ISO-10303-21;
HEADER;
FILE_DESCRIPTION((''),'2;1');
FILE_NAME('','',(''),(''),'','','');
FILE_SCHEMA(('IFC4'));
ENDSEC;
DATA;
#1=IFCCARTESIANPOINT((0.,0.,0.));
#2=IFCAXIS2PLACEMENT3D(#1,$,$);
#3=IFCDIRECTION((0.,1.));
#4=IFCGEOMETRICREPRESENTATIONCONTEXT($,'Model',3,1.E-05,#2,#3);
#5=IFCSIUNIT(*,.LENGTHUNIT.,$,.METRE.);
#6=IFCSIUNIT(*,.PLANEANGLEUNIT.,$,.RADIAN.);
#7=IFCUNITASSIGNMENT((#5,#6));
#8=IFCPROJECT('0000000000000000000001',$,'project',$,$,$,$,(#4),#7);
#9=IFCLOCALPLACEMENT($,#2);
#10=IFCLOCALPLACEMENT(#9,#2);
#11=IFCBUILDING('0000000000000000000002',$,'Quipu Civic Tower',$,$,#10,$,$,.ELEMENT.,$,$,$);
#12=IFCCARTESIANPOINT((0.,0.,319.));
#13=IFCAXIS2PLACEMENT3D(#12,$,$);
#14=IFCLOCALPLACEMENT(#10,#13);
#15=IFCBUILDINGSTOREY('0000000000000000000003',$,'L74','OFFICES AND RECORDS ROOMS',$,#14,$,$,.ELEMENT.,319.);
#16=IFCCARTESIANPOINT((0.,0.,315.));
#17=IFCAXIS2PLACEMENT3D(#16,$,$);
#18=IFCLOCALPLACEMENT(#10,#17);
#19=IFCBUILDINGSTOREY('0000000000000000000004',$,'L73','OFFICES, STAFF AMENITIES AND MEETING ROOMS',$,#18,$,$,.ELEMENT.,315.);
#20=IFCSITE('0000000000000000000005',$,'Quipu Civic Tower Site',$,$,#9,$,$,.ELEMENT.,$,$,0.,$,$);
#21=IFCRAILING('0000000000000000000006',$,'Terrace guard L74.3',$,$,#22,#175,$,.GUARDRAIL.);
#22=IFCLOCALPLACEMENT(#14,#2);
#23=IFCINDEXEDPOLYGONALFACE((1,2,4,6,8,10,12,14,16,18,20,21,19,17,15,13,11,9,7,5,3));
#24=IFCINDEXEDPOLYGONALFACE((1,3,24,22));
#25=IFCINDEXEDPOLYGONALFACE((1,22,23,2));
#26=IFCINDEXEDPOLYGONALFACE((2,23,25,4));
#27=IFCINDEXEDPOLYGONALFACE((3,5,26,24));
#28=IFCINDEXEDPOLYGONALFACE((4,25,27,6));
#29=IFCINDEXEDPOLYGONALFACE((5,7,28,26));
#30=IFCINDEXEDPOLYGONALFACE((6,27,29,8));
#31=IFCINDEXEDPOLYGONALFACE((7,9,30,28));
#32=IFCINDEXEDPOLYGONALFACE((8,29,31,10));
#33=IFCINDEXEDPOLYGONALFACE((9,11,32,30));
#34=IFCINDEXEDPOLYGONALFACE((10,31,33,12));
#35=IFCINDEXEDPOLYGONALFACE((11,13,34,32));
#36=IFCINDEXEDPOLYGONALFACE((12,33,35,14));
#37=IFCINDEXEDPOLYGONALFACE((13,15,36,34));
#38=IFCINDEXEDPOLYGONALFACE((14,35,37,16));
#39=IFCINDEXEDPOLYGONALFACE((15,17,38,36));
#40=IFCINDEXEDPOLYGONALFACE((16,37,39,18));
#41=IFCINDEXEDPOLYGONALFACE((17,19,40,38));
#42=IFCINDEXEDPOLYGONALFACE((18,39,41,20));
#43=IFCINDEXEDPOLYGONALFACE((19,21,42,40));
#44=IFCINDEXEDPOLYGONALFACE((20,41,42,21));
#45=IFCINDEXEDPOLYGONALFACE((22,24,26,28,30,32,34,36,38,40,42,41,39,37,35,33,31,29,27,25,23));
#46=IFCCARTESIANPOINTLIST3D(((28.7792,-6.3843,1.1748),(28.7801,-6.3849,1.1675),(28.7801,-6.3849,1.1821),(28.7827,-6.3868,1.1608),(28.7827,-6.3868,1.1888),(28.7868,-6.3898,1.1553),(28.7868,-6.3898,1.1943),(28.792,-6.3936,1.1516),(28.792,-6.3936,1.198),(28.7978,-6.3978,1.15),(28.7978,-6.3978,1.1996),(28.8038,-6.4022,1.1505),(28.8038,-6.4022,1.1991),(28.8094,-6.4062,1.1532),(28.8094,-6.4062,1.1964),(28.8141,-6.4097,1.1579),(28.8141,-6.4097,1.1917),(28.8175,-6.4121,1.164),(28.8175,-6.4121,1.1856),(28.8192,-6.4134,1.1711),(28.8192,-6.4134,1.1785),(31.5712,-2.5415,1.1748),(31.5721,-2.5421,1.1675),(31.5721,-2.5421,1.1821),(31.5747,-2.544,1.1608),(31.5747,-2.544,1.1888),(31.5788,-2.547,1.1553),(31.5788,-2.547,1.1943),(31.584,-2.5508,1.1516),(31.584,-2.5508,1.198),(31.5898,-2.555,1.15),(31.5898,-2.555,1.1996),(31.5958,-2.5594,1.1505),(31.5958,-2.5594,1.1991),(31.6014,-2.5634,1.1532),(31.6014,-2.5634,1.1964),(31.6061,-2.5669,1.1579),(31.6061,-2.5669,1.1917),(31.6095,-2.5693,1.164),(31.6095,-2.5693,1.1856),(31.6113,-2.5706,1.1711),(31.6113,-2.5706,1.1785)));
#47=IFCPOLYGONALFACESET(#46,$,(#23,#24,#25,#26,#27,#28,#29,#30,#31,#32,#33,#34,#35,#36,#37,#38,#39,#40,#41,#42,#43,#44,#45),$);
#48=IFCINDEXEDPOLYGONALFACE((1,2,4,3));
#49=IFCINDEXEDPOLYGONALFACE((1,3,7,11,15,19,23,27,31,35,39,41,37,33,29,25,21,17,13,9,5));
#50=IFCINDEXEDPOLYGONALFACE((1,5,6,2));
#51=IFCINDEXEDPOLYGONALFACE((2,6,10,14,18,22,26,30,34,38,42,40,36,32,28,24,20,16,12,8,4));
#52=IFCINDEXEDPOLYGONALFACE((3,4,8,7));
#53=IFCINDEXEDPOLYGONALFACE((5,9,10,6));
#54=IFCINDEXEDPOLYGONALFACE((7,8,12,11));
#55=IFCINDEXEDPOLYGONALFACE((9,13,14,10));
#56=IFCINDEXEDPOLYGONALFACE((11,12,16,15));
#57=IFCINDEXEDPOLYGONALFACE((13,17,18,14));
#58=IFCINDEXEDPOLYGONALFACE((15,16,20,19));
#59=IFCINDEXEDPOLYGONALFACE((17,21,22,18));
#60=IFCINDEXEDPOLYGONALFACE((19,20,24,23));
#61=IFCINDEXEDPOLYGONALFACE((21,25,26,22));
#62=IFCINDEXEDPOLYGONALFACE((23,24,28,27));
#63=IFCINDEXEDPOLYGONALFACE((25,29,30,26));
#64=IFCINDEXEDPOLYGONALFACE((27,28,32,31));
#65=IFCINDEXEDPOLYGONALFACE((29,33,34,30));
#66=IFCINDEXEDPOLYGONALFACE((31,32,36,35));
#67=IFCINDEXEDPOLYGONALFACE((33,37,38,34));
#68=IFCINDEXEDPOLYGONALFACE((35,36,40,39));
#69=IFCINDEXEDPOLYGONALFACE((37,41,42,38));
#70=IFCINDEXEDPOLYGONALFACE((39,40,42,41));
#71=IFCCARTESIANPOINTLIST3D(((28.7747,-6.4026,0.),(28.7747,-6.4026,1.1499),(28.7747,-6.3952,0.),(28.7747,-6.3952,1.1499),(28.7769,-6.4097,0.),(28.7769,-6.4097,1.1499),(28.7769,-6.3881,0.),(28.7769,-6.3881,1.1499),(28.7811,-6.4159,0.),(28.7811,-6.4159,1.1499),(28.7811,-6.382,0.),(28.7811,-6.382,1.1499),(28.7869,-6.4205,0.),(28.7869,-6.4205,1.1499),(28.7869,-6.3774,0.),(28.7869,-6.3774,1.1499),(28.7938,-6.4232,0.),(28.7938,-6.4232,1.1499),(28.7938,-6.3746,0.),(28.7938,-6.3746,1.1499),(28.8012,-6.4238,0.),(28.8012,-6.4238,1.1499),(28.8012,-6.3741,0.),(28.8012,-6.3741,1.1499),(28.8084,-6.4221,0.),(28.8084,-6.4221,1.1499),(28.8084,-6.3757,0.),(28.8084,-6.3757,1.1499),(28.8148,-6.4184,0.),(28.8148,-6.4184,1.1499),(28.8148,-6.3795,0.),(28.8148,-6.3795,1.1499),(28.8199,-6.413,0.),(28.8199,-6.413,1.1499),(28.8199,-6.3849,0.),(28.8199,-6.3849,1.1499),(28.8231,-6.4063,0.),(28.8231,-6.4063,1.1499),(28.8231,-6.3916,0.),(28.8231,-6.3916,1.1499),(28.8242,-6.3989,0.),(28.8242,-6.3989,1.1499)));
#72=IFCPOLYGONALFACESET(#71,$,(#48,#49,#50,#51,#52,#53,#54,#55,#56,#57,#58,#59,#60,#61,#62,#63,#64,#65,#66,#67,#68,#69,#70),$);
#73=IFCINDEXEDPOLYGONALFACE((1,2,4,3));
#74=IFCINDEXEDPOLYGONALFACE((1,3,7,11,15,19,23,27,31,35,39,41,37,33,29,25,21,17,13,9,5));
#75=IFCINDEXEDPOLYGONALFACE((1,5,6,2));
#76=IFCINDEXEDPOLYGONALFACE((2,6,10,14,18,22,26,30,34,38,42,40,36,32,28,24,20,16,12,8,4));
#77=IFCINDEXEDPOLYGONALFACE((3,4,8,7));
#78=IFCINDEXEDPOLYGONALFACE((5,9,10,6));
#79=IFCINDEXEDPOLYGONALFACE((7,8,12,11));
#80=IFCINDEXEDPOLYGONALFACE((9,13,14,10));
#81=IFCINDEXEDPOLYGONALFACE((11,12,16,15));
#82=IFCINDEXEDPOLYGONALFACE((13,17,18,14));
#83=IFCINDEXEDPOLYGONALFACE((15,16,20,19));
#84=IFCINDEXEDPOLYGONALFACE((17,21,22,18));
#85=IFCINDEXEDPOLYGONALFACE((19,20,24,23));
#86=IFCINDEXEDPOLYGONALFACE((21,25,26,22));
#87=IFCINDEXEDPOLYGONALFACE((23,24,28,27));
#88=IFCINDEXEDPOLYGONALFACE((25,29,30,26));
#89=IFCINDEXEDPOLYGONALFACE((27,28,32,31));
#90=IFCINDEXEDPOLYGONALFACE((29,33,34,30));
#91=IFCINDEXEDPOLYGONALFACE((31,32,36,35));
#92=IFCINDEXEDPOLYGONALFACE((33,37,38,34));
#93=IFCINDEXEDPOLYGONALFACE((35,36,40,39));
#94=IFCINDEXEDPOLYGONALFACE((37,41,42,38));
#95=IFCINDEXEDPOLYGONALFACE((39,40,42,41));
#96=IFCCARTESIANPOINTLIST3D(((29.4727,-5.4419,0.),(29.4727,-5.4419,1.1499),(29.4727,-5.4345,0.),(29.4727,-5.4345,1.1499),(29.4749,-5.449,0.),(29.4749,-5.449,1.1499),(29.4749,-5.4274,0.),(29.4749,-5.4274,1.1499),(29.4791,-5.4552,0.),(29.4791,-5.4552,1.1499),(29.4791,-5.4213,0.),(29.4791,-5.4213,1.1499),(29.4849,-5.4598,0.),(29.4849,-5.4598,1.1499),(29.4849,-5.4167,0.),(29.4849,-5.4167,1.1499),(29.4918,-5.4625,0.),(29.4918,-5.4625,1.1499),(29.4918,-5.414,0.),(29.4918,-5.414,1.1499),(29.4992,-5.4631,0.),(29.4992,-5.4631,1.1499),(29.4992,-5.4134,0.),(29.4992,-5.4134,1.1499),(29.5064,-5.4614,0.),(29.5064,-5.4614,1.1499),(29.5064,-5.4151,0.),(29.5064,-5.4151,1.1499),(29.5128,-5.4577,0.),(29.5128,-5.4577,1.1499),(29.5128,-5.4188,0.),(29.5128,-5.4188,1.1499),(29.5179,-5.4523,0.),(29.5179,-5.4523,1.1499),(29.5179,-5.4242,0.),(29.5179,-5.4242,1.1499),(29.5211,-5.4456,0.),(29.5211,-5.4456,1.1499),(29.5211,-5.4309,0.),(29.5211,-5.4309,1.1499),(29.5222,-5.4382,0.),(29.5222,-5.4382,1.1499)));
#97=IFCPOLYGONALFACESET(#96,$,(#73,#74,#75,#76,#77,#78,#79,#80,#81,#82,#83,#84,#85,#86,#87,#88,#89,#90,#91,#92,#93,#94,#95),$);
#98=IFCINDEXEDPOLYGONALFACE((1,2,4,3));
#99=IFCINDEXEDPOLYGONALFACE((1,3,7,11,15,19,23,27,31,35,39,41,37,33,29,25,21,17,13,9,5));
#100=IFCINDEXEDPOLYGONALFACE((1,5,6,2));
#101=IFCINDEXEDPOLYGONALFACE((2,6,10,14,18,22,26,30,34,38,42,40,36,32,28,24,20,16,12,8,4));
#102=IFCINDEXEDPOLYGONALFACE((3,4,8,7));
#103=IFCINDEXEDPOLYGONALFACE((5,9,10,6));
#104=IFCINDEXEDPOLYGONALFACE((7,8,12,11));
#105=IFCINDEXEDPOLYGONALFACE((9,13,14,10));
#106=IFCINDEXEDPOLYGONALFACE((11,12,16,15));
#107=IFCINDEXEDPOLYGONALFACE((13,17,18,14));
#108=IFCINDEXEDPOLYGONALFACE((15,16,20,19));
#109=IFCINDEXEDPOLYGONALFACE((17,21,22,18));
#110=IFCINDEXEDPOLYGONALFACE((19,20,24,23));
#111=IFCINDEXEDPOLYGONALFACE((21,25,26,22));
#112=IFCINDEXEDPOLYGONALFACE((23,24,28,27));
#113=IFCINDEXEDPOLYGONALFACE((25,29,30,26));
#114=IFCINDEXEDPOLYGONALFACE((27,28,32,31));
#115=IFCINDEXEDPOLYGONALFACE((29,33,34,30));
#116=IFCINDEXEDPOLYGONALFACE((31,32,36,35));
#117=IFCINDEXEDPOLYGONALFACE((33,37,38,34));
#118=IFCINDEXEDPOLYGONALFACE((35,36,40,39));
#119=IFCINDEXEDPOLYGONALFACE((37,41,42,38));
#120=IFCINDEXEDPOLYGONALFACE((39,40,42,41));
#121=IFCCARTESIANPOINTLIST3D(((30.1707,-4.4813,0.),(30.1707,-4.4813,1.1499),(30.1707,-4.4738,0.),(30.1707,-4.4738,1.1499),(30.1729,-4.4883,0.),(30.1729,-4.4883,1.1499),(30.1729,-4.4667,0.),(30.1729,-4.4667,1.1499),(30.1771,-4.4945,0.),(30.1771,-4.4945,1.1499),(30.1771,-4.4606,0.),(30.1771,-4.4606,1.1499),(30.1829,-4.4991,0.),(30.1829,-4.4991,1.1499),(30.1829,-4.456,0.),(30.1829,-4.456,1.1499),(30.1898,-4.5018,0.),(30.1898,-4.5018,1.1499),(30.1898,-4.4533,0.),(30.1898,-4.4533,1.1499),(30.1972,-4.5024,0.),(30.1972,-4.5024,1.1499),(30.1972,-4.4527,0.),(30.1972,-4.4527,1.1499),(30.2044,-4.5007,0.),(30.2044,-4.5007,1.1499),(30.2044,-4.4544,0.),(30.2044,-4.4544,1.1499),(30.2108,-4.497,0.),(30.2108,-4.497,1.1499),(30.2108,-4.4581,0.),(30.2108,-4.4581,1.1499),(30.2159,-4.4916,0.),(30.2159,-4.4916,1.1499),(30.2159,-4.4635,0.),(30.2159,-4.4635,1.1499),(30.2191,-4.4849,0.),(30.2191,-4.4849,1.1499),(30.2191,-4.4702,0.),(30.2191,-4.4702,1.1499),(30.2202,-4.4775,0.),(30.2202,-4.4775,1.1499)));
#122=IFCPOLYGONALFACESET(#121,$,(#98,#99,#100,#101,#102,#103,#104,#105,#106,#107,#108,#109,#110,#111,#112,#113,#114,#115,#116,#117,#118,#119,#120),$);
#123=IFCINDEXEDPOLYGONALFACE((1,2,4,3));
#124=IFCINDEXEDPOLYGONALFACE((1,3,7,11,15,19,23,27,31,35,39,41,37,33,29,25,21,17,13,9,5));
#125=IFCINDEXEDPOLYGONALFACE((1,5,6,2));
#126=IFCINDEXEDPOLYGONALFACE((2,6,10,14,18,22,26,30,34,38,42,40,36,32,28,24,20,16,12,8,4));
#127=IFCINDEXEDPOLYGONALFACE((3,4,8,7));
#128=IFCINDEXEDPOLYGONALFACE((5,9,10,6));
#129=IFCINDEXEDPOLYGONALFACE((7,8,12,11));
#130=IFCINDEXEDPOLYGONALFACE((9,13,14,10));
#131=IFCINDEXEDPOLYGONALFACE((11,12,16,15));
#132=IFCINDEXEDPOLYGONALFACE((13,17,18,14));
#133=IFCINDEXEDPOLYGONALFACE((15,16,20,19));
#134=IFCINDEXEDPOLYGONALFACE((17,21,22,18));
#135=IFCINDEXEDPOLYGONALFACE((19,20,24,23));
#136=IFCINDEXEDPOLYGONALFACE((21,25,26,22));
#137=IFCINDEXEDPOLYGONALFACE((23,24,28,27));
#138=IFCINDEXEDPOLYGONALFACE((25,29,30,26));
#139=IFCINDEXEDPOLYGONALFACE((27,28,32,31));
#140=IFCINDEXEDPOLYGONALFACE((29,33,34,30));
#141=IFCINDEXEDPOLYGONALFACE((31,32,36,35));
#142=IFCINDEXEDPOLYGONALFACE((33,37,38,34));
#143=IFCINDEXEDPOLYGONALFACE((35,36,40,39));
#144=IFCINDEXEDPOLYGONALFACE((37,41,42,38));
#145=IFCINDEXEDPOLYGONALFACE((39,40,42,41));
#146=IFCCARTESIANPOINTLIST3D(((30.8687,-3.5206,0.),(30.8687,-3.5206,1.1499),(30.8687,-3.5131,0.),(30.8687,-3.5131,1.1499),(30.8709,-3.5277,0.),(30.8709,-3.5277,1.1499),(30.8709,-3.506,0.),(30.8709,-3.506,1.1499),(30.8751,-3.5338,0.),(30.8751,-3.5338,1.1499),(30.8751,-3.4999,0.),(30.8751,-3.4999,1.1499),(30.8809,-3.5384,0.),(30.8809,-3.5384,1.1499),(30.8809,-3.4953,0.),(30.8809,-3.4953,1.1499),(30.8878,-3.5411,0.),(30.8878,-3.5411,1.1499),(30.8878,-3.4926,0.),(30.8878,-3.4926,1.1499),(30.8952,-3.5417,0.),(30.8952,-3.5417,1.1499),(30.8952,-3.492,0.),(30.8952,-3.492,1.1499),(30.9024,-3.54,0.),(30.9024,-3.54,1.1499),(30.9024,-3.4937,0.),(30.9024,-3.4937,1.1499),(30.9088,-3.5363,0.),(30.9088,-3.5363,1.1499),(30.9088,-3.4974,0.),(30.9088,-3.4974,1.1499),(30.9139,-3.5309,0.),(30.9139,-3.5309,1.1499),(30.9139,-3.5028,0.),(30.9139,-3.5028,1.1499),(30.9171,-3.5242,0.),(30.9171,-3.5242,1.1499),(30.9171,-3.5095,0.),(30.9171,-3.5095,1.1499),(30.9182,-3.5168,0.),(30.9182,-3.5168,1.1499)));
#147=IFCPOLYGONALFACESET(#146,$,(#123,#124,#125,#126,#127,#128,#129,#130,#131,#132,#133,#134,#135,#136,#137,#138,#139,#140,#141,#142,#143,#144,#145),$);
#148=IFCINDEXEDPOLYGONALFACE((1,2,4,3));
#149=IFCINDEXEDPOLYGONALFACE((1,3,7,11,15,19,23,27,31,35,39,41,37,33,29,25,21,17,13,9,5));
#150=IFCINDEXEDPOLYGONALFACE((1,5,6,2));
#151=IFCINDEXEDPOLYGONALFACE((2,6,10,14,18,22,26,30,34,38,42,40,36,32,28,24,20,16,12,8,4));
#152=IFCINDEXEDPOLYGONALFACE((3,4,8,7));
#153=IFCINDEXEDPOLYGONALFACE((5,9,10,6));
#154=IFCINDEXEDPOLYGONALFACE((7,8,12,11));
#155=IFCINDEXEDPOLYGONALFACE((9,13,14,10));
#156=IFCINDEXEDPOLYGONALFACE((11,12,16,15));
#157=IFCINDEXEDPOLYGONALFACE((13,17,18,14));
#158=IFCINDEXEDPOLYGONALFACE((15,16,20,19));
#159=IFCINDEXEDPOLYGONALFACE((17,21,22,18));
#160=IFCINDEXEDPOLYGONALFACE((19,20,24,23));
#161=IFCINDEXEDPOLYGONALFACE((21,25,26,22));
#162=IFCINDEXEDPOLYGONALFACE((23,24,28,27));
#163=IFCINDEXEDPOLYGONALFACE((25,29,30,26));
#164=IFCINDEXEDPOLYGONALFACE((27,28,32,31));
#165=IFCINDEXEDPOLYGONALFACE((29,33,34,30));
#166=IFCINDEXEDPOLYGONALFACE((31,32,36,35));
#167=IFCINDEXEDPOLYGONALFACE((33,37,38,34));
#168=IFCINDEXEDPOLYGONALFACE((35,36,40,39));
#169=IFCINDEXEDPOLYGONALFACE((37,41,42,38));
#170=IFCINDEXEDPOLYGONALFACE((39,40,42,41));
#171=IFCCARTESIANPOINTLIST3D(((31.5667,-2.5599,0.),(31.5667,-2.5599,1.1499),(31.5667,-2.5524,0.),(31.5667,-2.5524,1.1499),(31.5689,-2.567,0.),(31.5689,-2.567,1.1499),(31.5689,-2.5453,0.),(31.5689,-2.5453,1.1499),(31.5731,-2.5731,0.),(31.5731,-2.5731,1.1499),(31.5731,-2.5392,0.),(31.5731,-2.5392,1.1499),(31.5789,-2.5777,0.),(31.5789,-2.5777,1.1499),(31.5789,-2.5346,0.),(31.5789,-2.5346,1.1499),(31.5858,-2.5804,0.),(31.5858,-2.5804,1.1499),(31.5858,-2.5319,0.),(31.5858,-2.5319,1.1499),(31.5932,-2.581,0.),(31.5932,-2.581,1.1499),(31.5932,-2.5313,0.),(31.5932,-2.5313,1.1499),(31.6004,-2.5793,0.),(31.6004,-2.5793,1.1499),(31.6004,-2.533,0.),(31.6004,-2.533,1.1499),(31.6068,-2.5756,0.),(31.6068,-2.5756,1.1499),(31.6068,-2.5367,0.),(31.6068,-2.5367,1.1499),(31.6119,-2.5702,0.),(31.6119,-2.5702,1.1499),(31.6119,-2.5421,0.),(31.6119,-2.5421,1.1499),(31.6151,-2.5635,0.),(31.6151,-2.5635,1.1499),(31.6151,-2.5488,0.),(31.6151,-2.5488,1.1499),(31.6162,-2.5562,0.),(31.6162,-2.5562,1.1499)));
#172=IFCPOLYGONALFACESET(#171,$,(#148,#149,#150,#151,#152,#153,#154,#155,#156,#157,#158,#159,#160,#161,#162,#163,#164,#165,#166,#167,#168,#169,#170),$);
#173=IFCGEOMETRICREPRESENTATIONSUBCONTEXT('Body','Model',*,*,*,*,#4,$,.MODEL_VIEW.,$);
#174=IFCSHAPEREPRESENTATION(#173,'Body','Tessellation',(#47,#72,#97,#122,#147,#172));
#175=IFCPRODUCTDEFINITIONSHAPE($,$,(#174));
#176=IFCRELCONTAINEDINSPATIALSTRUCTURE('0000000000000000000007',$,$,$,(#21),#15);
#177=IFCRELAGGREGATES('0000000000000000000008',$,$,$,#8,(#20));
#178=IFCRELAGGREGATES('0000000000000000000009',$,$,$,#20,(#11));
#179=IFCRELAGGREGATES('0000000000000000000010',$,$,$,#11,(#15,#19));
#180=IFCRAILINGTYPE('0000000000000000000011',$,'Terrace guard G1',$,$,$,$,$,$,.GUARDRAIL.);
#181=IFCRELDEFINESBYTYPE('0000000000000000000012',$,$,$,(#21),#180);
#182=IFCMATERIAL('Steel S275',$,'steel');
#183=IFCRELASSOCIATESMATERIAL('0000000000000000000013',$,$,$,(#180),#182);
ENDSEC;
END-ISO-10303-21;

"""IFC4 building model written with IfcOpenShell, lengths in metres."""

from ifc_helpers import new_model, si_unit, direction, frame, origin, origin_2d, place, context, subcontext, project, spatial, circle, extrude, material, type_object, element, save


model = new_model("IFC4")

# Units and contexts
model_context = context("Model", 3, precision=1e-05, world=origin(), true_north=direction((0.0, 1.0)))
body_context = subcontext(model_context, "Body", "Model", "MODEL_VIEW")
ifc_project = project(units=[si_unit("LENGTHUNIT", "METRE"), si_unit("PLANEANGLEUNIT", "RADIAN")], contexts=[model_context])

# Site, building, storey
site_placement = place(None, origin())
site = spatial("IfcSite", under=ifc_project, at=site_placement, Name="Quipu Civic Tower Site", CompositionType="ELEMENT", RefElevation=0.0)
building_placement = place(site_placement, origin())
building = spatial("IfcBuilding", under=site, at=building_placement, Name="Quipu Civic Tower", CompositionType="ELEMENT")
storey_1_placement = place(building_placement, frame((0.0, 0.0, 319.0)))
storey_1 = spatial("IfcBuildingStorey", under=building, at=storey_1_placement, Name="L74", Description="OFFICES AND RECORDS ROOMS", CompositionType="ELEMENT", Elevation=319.0)

# Shared definitions
storey_2_placement = place(building_placement, frame((0.0, 0.0, 315.0)))
storey_2 = spatial("IfcBuildingStorey", under=building, at=storey_2_placement, Name="L73", Description="OFFICES, STAFF AMENITIES AND MEETING ROOMS", CompositionType="ELEMENT", Elevation=315.0)

# Railing
ifc_material_1 = material(Name="Steel S275", Category="steel")
railing_type = type_object("IfcRailingType", Name="Terrace guard G1", PredefinedType="GUARDRAIL", material=ifc_material_1)
railing_1_placement = place(storey_1_placement, frame((28.7993, -6.3989, 0.0)))
element("IfcRailing", 1, at=railing_1_placement, inside=storey_1, type_object=railing_type, Name="Terrace guard L74.3", PredefinedType="GUARDRAIL", context=body_context, shape_type="SweptSolid", body=[
    extrude(circle(Radius=0.0249, at=origin_2d()), frame((0.0, 0.0, 1.1748), z_axis=(0.587793, 0.809012, 0.0), x_axis=(-0.809012, 0.587793, 0.0)), (0.0, 0.0, 1.0), 4.75),
    extrude(circle(Radius=0.0249, at=origin_2d()), origin(), (0.0, 0.0, 1.0), 1.1499),
    extrude(circle(Radius=0.0249, at=origin_2d()), frame((0.698, 0.9607, 0.0)), (0.0, 0.0, 1.0), 1.1499),
    extrude(circle(Radius=0.0249, at=origin_2d()), frame((1.396, 1.9214, 0.0)), (0.0, 0.0, 1.0), 1.1499),
    extrude(circle(Radius=0.0249, at=origin_2d()), frame((2.094, 2.8821, 0.0)), (0.0, 0.0, 1.0), 1.1499),
    extrude(circle(Radius=0.0249, at=origin_2d()), frame((2.792, 3.8428, 0.0)), (0.0, 0.0, 1.0), 1.1499),
])

save(model, "model.ifc")
